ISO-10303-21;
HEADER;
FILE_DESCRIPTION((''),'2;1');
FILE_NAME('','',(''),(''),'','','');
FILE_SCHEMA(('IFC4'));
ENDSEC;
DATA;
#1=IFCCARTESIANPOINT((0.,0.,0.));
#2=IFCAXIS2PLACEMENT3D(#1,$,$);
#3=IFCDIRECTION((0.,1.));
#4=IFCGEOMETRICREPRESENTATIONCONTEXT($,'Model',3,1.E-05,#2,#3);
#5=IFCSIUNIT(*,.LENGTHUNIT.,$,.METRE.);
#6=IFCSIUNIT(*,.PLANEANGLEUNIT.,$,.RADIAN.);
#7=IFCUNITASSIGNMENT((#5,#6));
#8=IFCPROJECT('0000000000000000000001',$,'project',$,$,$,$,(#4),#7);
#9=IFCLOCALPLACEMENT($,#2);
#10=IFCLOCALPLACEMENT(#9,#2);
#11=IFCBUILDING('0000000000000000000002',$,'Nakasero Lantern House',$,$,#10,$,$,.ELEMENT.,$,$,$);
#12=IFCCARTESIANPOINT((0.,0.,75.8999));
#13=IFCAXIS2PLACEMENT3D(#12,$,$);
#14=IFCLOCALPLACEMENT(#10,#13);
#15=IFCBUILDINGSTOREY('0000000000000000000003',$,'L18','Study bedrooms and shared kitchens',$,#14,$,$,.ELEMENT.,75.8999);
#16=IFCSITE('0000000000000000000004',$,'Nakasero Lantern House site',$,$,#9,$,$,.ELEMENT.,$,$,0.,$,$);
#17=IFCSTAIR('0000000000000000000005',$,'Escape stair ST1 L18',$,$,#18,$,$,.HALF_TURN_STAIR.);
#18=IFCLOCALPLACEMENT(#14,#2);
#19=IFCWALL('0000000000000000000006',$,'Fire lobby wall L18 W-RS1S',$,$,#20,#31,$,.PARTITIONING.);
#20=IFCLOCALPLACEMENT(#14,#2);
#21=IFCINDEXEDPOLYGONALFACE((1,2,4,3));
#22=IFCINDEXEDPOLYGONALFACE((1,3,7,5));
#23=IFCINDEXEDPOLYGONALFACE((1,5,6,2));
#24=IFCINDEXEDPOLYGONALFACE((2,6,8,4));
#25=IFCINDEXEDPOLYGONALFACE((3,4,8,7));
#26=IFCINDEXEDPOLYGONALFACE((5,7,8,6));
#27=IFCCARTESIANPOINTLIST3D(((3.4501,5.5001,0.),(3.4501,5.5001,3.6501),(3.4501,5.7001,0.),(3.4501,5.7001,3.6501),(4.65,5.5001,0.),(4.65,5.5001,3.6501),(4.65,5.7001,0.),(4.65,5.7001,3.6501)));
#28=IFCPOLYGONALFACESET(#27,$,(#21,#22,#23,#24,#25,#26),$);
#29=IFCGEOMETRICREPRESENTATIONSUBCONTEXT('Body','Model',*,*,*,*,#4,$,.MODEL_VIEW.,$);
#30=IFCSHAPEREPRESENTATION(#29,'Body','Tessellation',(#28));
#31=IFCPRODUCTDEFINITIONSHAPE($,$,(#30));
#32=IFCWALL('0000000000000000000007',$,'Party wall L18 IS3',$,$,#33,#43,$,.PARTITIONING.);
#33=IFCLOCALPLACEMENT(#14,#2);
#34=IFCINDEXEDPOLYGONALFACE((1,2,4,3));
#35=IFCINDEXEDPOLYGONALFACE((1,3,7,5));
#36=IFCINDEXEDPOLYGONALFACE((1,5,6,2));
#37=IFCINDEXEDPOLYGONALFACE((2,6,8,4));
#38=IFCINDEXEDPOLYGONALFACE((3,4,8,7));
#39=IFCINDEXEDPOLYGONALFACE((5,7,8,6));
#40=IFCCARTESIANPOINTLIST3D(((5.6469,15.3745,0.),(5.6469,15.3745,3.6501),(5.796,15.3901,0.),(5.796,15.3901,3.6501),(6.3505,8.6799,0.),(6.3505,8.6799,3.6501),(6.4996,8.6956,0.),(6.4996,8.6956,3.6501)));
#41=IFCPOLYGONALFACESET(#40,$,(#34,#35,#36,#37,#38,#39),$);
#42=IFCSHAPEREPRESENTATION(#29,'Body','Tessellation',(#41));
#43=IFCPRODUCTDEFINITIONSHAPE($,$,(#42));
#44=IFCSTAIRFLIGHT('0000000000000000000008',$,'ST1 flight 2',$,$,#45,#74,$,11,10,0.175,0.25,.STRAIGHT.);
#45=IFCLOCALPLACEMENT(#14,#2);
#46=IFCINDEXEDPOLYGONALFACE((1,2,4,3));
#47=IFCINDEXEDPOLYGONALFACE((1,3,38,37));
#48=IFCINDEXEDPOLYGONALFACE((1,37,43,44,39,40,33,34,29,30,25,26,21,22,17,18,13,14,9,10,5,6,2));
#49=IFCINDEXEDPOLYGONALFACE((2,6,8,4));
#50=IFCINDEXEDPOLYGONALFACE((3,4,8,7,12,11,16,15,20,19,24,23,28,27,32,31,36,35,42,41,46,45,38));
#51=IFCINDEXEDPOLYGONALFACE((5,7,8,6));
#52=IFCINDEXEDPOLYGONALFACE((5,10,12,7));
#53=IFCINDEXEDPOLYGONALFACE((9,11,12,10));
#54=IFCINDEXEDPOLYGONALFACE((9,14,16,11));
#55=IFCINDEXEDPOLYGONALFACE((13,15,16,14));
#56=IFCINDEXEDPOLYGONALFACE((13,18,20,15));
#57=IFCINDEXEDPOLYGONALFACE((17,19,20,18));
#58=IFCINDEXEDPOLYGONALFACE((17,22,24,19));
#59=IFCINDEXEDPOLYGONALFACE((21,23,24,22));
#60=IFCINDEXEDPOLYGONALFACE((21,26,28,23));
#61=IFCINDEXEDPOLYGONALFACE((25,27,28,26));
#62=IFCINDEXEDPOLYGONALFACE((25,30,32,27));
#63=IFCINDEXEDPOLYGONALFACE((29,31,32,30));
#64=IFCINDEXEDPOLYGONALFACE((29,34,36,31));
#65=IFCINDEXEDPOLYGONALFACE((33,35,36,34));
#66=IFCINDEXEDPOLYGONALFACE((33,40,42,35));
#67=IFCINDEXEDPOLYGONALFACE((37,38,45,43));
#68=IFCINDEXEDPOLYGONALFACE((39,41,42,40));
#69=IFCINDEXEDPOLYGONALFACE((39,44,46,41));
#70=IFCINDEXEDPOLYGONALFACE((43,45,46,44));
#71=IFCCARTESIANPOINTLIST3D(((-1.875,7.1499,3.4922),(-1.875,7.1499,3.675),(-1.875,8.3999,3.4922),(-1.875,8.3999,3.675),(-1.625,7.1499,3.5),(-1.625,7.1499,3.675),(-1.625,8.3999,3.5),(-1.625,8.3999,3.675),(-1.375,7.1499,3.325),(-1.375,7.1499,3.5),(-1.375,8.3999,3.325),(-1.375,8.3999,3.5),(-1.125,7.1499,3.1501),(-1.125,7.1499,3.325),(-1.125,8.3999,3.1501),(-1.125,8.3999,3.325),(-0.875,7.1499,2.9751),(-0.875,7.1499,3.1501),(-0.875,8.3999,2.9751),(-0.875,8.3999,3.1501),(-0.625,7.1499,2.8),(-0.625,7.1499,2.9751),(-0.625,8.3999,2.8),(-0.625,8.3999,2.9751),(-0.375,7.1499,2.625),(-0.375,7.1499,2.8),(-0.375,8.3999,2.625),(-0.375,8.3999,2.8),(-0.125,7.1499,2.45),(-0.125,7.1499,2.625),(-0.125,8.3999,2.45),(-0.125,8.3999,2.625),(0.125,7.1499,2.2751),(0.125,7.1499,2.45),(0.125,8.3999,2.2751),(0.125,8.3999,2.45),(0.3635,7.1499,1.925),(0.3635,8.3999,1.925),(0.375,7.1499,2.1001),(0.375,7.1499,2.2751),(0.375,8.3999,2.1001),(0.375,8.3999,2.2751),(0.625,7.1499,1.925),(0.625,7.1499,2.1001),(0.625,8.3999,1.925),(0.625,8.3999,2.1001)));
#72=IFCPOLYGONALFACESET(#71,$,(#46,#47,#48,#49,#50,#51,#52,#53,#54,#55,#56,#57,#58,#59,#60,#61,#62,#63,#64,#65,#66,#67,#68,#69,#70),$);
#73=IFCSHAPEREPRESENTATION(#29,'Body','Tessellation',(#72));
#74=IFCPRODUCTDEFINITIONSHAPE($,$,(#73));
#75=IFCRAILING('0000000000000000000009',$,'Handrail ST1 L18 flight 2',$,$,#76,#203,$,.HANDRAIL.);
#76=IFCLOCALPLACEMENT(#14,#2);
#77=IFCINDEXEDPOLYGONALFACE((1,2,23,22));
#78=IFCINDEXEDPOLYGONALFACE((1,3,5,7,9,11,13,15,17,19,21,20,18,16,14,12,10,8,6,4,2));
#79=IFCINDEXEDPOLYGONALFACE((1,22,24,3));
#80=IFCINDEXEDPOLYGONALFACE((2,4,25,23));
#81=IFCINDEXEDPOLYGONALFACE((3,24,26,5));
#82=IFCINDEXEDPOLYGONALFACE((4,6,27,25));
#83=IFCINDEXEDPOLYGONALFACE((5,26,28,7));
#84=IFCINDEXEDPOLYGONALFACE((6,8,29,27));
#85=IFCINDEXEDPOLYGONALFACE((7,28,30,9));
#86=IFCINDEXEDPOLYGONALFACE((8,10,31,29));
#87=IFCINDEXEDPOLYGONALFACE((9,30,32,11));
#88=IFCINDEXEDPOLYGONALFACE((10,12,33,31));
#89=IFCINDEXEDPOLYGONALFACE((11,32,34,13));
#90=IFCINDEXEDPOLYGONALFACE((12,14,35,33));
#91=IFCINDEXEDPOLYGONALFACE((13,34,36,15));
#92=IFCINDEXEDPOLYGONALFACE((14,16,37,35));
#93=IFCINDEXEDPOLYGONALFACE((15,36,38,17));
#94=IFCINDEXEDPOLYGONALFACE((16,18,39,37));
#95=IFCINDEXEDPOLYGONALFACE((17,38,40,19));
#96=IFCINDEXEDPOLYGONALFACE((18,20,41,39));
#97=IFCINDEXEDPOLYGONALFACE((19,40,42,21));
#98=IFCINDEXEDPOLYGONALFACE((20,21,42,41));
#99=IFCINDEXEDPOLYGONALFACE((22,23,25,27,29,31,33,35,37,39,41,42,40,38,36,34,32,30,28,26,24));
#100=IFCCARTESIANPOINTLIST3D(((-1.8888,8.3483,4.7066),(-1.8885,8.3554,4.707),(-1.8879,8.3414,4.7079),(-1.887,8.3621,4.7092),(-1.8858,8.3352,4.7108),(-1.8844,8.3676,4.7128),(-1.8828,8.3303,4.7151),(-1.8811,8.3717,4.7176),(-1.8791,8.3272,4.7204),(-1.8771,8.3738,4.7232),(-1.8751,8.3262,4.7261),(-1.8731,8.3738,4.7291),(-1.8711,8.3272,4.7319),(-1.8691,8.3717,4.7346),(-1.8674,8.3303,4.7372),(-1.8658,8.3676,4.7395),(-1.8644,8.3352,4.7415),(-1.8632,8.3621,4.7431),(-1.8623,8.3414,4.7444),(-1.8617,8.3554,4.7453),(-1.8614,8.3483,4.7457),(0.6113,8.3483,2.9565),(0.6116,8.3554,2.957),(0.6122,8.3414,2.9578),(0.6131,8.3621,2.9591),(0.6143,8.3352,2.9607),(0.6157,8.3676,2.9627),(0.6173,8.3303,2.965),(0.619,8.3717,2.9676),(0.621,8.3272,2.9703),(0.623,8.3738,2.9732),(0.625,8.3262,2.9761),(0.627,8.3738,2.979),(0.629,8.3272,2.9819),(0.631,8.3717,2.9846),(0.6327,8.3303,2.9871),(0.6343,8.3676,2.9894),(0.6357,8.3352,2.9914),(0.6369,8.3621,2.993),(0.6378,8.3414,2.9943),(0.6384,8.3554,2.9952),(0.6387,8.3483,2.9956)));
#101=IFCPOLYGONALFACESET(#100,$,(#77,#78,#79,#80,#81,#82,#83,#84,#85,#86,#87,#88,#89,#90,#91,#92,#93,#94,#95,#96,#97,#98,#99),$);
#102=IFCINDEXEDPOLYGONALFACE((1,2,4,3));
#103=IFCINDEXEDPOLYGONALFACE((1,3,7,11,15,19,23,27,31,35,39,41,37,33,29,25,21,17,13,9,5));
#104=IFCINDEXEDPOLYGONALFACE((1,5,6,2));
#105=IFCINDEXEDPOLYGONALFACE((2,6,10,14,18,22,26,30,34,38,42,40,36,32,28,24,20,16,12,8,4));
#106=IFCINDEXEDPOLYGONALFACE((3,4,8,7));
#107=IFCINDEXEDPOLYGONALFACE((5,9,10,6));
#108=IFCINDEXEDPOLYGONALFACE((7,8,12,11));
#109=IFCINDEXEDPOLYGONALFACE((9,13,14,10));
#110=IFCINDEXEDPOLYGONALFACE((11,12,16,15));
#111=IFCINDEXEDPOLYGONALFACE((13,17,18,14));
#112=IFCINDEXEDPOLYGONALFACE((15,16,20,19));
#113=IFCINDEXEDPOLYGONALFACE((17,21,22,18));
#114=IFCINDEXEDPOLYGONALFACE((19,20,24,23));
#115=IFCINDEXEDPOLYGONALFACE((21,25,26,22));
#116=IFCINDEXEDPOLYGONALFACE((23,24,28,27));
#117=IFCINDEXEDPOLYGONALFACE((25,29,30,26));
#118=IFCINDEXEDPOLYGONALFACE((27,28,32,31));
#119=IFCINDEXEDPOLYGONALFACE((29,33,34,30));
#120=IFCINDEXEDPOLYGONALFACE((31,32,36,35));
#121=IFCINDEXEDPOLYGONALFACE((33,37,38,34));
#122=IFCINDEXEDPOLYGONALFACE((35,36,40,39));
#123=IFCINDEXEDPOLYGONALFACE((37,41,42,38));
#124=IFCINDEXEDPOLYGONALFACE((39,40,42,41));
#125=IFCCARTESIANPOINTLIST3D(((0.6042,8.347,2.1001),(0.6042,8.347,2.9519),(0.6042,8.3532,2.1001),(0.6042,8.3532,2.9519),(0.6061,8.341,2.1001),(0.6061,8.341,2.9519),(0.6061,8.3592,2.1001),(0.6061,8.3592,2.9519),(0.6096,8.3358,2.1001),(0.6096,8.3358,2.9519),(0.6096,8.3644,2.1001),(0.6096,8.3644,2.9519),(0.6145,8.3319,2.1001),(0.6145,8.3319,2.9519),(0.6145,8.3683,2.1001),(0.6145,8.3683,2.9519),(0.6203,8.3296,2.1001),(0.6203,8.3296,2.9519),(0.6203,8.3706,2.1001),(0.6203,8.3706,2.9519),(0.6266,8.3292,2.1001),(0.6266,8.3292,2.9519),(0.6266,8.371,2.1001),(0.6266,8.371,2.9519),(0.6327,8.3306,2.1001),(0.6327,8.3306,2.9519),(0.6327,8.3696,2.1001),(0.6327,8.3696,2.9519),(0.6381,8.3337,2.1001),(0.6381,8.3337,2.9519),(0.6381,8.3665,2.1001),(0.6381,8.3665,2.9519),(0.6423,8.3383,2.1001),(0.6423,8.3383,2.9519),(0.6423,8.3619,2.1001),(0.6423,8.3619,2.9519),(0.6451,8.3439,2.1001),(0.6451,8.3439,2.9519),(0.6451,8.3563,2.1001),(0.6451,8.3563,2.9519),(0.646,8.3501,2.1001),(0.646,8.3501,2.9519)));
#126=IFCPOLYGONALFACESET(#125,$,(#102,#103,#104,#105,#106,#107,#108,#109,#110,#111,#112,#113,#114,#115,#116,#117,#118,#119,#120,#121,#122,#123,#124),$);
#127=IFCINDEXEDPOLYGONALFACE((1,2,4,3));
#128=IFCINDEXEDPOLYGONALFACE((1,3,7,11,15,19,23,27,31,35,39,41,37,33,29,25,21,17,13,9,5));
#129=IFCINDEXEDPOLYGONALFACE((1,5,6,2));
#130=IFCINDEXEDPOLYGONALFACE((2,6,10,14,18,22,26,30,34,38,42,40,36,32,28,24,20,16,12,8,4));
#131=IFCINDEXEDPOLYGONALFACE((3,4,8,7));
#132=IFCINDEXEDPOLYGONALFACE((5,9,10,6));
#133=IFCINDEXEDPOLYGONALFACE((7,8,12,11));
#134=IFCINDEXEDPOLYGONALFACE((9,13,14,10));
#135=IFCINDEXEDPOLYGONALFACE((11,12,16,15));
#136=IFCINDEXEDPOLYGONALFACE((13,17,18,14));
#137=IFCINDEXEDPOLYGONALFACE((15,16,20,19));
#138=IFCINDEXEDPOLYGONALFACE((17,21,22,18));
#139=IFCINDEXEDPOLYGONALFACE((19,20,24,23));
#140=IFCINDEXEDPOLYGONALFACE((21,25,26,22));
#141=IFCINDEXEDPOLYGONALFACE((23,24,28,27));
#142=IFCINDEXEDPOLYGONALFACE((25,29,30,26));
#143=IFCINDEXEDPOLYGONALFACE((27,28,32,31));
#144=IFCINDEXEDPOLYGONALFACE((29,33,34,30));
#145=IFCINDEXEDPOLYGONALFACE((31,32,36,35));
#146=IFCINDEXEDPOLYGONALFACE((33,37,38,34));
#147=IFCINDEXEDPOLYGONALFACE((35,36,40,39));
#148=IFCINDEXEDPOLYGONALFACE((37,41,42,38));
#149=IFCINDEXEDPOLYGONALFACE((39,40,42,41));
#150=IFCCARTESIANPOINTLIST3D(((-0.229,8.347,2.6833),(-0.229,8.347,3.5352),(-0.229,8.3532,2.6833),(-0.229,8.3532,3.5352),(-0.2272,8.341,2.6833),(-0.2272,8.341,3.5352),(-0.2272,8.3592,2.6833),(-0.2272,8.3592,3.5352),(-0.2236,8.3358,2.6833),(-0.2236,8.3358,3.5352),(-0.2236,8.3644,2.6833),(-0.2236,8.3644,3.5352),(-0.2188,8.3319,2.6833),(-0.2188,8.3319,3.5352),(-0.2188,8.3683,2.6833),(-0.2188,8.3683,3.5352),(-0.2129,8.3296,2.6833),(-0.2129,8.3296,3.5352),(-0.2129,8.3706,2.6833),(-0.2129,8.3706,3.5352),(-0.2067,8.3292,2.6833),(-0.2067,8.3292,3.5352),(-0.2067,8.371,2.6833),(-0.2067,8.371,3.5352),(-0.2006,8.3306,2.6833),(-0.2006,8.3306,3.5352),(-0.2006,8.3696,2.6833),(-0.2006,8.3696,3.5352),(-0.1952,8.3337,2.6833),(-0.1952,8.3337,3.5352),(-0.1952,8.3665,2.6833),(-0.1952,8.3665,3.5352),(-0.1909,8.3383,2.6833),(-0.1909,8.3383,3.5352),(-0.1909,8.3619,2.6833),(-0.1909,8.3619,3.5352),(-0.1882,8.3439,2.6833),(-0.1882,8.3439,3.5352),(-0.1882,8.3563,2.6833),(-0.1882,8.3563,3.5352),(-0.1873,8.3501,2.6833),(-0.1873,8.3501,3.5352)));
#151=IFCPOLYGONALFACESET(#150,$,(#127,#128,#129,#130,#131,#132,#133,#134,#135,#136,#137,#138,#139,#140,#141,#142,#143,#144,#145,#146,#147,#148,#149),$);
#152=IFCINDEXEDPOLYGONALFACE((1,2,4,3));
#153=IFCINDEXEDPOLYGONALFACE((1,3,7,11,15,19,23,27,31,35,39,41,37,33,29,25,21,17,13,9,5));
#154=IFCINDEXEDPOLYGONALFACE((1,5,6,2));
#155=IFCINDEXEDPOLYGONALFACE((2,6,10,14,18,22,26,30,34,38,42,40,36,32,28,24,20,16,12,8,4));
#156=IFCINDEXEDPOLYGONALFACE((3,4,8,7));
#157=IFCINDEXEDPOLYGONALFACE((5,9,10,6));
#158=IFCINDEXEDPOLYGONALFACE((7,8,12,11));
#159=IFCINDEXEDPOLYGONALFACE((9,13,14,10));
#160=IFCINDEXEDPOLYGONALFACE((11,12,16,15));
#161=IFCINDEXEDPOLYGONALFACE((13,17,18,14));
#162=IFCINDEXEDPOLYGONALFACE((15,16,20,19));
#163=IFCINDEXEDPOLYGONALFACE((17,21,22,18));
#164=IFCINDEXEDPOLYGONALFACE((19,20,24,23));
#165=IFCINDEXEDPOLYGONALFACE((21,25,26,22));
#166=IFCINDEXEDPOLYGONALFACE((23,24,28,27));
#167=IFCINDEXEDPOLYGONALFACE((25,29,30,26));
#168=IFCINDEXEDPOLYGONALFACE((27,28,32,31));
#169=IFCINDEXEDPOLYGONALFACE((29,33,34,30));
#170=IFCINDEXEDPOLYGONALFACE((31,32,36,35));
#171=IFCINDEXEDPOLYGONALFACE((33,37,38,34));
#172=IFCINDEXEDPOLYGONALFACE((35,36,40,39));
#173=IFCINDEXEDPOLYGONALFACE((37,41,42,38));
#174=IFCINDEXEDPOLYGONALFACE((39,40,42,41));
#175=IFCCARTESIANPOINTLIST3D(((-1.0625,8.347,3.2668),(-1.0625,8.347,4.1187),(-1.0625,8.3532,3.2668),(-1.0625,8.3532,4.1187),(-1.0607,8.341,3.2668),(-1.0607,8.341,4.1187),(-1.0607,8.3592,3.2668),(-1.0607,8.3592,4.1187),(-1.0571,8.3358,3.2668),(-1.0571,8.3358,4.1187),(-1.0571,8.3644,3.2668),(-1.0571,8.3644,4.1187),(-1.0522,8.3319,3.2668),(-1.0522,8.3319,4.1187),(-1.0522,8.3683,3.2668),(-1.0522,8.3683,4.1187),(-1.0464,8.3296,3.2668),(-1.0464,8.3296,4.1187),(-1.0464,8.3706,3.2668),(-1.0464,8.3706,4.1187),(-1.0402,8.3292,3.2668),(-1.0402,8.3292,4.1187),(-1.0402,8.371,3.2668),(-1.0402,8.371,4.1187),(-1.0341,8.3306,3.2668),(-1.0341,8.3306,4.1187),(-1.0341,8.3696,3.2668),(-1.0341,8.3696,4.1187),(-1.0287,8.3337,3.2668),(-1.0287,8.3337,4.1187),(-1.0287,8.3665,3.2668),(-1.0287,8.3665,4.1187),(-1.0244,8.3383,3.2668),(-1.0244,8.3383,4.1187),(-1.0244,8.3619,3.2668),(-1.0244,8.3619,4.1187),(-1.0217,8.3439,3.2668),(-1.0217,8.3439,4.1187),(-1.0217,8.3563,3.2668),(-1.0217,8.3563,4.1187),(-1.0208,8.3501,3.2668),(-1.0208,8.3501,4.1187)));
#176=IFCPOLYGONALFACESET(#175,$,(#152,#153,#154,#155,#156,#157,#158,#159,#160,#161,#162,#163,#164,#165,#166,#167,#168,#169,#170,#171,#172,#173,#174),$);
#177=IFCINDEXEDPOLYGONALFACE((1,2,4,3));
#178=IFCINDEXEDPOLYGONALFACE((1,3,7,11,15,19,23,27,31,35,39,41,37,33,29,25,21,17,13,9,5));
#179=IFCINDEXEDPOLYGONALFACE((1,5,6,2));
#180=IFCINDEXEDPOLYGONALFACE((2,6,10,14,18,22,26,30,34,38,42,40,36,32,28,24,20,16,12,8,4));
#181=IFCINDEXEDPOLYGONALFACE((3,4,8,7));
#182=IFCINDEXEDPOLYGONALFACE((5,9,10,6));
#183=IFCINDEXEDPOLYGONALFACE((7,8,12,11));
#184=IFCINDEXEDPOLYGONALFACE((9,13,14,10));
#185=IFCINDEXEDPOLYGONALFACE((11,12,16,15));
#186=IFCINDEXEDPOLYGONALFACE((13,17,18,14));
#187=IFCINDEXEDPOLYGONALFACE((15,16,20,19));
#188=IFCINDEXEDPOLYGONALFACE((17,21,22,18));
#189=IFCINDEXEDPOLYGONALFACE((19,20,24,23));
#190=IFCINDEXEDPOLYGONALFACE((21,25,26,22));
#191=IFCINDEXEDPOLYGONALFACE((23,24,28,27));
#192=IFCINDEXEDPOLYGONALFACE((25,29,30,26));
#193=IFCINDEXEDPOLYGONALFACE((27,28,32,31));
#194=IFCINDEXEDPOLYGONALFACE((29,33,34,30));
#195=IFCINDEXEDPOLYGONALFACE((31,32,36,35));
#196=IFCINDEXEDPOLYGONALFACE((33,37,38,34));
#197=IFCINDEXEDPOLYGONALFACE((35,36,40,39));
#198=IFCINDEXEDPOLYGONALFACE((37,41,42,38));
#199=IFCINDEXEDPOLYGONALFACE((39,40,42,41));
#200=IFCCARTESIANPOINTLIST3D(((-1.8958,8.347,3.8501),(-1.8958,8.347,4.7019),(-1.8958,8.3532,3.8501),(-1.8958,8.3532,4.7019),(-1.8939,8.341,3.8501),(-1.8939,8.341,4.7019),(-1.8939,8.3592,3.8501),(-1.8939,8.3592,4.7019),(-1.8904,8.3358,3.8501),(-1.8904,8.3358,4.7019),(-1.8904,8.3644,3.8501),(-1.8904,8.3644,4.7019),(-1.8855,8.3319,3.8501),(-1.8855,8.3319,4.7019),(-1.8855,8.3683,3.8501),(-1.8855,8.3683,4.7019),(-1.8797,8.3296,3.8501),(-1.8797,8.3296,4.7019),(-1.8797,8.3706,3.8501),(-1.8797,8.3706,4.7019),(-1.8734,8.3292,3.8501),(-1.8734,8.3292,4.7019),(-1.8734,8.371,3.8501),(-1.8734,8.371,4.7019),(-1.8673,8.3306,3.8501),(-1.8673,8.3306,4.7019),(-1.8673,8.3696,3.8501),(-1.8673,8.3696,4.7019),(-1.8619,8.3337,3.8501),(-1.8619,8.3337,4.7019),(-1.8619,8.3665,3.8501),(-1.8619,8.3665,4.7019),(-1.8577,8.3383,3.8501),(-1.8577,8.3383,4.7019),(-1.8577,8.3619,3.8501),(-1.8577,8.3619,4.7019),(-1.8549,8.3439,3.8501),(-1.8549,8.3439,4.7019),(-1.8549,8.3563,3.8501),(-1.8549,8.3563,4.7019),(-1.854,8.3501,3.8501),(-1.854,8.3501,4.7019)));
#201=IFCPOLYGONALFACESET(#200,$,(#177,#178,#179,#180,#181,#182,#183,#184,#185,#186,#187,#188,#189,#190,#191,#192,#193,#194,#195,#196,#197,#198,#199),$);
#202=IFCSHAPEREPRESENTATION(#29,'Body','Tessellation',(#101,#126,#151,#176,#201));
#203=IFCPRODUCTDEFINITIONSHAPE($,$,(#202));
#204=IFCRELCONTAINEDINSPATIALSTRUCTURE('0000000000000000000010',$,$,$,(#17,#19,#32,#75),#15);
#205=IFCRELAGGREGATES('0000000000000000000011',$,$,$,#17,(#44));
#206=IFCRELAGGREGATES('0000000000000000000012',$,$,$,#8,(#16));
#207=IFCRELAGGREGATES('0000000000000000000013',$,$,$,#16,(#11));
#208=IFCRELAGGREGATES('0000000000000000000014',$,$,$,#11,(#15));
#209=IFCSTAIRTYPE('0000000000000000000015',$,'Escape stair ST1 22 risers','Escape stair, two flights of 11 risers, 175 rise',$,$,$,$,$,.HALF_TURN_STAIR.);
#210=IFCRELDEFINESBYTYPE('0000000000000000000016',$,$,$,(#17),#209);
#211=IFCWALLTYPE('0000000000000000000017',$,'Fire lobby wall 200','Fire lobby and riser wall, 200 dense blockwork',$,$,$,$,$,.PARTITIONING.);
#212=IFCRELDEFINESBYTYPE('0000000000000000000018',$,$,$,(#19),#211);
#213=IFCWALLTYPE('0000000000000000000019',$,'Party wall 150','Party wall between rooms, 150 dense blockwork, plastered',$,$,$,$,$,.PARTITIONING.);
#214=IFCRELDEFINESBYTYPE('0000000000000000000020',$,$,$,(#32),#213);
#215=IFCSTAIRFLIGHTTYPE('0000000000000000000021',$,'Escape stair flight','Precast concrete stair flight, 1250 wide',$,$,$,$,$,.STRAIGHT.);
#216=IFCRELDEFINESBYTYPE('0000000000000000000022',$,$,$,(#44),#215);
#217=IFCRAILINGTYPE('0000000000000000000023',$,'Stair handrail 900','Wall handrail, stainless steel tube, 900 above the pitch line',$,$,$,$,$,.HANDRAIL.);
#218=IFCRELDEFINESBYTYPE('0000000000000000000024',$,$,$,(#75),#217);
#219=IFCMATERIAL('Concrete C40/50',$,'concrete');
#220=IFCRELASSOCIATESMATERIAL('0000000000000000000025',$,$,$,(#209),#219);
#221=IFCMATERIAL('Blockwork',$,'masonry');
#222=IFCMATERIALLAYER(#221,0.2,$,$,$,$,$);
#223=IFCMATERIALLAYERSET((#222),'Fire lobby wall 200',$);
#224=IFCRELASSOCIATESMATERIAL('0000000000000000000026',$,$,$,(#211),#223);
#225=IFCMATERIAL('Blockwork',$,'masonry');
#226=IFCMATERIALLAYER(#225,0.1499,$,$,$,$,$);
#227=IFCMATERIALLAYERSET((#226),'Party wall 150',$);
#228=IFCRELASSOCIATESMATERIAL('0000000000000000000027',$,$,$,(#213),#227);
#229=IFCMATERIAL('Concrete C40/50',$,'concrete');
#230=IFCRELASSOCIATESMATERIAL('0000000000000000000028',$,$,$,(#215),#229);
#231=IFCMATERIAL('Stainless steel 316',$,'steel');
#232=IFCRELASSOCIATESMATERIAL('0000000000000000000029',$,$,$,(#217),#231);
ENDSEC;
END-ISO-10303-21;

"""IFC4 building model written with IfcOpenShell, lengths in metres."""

from ifc_helpers import new_model, si_unit, direction, frame, frame_2d, origin, origin_2d, place, context, subcontext, project, spatial, polyline, rectangle, circle, outline, extrude, material, layer, layer_set, type_object, element, aggregate, save


model = new_model("IFC4")

# Units and contexts
model_context = context("Model", 3, precision=1e-05, world=origin(), true_north=direction((0.0, 1.0)))
body_context = subcontext(model_context, "Body", "Model", "MODEL_VIEW")
ifc_project = project(units=[si_unit("LENGTHUNIT", "METRE"), si_unit("PLANEANGLEUNIT", "RADIAN")], contexts=[model_context])

# Site, building, storey
site_placement = place(None, origin())
site = spatial("IfcSite", under=ifc_project, at=site_placement, Name="Nakasero Lantern House site", CompositionType="ELEMENT", RefElevation=0.0)
building_placement = place(site_placement, origin())
building = spatial("IfcBuilding", under=site, at=building_placement, Name="Nakasero Lantern House", CompositionType="ELEMENT")
storey_placement = place(building_placement, frame((0.0, 0.0, 75.8999)))
storey = spatial("IfcBuildingStorey", under=building, at=storey_placement, Name="L18", Description="Study bedrooms and shared kitchens", CompositionType="ELEMENT", Elevation=75.8999)

# Stair
ifc_material_1 = material(Name="Concrete C40/50", Category="concrete")
stair_type_1 = type_object("IfcStairType", Name="Escape stair ST1 22 risers", Description="Escape stair, two flights of 11 risers, 175 rise", PredefinedType="HALF_TURN_STAIR", material=ifc_material_1)
stair_1_placement = place(storey_placement, origin())
stair_1 = element("IfcStair", 1, at=stair_1_placement, inside=storey, type_object=stair_type_1, Name="Escape stair ST1 L18", PredefinedType="HALF_TURN_STAIR")

# Shared definitions
ifc_material_2 = material(Name="Blockwork", Category="masonry")
ifc_layer_1 = layer(ifc_material_2, 0.2)
ifc_layer_set_1 = layer_set([ifc_layer_1], Name="Fire lobby wall 200")
wall_type_1 = type_object("IfcWallType", Name="Fire lobby wall 200", Description="Fire lobby and riser wall, 200 dense blockwork", PredefinedType="PARTITIONING", material=ifc_layer_set_1)

# Walls
for number, where, z_axis, x_axis, name in (
    (2, (3.45, 5.6001, 0.0), (0.0, 0.0, 1.0), (1.0, 0.0, 0.0), "Fire lobby wall L18 W-RS1S"),
):
    element("IfcWall", number, at=place(storey_placement, frame(where, z_axis=z_axis, x_axis=x_axis)), inside=storey, type_object=wall_type_1, Name=name, PredefinedType="PARTITIONING", context=body_context, shape_type="SweptSolid", body=[
        extrude(rectangle(XDim=1.2, YDim=0.2, at=frame_2d((0.6001, 0.0))), origin(), (0.0, 0.0, 1.0), 3.6501),
    ])
ifc_material_3 = material(Name="Blockwork", Category="masonry")
ifc_layer_2 = layer(ifc_material_3, 0.1499)
ifc_layer_set_2 = layer_set([ifc_layer_2], Name="Party wall 150")
wall_type_2 = type_object("IfcWallType", Name="Party wall 150", Description="Party wall between rooms, 150 dense blockwork, plastered", PredefinedType="PARTITIONING", material=ifc_layer_set_2)
wall_1_placement = place(storey_placement, frame((6.425, 8.6877, 0.0), z_axis=(0.0, 0.0, 1.0), x_axis=(-0.104526, 0.994522, 0.0)))
element("IfcWall", 3, at=wall_1_placement, inside=storey, type_object=wall_type_2, Name="Party wall L18 IS3", PredefinedType="PARTITIONING", context=body_context, shape_type="SweptSolid", body=[
    extrude(rectangle(XDim=6.7314, YDim=0.1499, at=frame_2d((3.3657, 0.0))), origin(), (0.0, 0.0, 1.0), 3.6501),
])

# Stair flight
ifc_material_4 = material(Name="Concrete C40/50", Category="concrete")
stair_flight_type = type_object("IfcStairFlightType", Name="Escape stair flight", Description="Precast concrete stair flight, 1250 wide", PredefinedType="STRAIGHT", material=ifc_material_4)
stair_flight_placement = place(storey_placement, frame((0.625, 7.7749, 1.925), z_axis=(0.0, 0.0, 1.0), x_axis=(-1.0, 0.0, 0.0)))
stair_flight = element("IfcStairFlight", 4, at=stair_flight_placement, type_object=stair_flight_type, Name="ST1 flight 2", NumberOfRisers=11, NumberOfTreads=10, PredefinedType="STRAIGHT", RiserHeight=0.175, TreadLength=0.25, context=body_context, shape_type="SweptSolid", body=[
    extrude(outline(polyline([(0.0, 0.0), (0.0, 0.175), (0.25, 0.175), (0.25, 0.3501), (0.5, 0.3501), (0.5, 0.5249), (0.75, 0.5249), (0.75, 0.7), (1.0, 0.7), (1.0, 0.875), (1.25, 0.875), (1.25, 1.05), (1.5, 1.05), (1.5, 1.2251), (1.75, 1.2251), (1.75, 1.3999), (2.0, 1.3999), (2.0, 1.575), (2.25, 1.575), (2.25, 1.75), (2.5, 1.75), (2.5, 1.925), (2.5, 1.5671), (0.2615, 0.0), (0.0, 0.0)])), frame((0.0, 0.625, 0.0), z_axis=(0.0, -1.0, 0.0), x_axis=(1.0, 0.0, 0.0)), (0.0, 0.0, 1.0), 1.25),
])
aggregate(stair_1, [stair_flight])

# Railing
ifc_material_5 = material(Name="Stainless steel 316", Category="steel")
railing_type = type_object("IfcRailingType", Name="Stair handrail 900", Description="Wall handrail, stainless steel tube, 900 above the pitch line", PredefinedType="HANDRAIL", material=ifc_material_5)
railing_placement = place(storey_placement, frame((0.625, 8.3501, 2.1001)))
element("IfcRailing", 5, at=railing_placement, inside=storey, type_object=railing_type, Name="Handrail ST1 L18 flight 2", PredefinedType="HANDRAIL", context=body_context, shape_type="SweptSolid", body=[
    extrude(circle(Radius=0.0239, at=origin_2d()), frame((0.0, 0.0, 0.876), z_axis=(-0.819232, 0.0, 0.573462), x_axis=(0.0, -1.0, 0.0)), (0.0, 0.0, 1.0), 3.0518),
    extrude(circle(Radius=0.021, at=origin_2d()), origin(), (0.0, 0.0, 1.0), 0.8518),
    extrude(circle(Radius=0.021, at=origin_2d()), frame((-0.8333, 0.0, 0.5833)), (0.0, 0.0, 1.0), 0.8518),
    extrude(circle(Radius=0.021, at=origin_2d()), frame((-1.6667, 0.0, 1.1667)), (0.0, 0.0, 1.0), 0.8518),
    extrude(circle(Radius=0.021, at=origin_2d()), frame((-2.5, 0.0, 1.75)), (0.0, 0.0, 1.0), 0.8518),
])

save(model, "model.ifc")
